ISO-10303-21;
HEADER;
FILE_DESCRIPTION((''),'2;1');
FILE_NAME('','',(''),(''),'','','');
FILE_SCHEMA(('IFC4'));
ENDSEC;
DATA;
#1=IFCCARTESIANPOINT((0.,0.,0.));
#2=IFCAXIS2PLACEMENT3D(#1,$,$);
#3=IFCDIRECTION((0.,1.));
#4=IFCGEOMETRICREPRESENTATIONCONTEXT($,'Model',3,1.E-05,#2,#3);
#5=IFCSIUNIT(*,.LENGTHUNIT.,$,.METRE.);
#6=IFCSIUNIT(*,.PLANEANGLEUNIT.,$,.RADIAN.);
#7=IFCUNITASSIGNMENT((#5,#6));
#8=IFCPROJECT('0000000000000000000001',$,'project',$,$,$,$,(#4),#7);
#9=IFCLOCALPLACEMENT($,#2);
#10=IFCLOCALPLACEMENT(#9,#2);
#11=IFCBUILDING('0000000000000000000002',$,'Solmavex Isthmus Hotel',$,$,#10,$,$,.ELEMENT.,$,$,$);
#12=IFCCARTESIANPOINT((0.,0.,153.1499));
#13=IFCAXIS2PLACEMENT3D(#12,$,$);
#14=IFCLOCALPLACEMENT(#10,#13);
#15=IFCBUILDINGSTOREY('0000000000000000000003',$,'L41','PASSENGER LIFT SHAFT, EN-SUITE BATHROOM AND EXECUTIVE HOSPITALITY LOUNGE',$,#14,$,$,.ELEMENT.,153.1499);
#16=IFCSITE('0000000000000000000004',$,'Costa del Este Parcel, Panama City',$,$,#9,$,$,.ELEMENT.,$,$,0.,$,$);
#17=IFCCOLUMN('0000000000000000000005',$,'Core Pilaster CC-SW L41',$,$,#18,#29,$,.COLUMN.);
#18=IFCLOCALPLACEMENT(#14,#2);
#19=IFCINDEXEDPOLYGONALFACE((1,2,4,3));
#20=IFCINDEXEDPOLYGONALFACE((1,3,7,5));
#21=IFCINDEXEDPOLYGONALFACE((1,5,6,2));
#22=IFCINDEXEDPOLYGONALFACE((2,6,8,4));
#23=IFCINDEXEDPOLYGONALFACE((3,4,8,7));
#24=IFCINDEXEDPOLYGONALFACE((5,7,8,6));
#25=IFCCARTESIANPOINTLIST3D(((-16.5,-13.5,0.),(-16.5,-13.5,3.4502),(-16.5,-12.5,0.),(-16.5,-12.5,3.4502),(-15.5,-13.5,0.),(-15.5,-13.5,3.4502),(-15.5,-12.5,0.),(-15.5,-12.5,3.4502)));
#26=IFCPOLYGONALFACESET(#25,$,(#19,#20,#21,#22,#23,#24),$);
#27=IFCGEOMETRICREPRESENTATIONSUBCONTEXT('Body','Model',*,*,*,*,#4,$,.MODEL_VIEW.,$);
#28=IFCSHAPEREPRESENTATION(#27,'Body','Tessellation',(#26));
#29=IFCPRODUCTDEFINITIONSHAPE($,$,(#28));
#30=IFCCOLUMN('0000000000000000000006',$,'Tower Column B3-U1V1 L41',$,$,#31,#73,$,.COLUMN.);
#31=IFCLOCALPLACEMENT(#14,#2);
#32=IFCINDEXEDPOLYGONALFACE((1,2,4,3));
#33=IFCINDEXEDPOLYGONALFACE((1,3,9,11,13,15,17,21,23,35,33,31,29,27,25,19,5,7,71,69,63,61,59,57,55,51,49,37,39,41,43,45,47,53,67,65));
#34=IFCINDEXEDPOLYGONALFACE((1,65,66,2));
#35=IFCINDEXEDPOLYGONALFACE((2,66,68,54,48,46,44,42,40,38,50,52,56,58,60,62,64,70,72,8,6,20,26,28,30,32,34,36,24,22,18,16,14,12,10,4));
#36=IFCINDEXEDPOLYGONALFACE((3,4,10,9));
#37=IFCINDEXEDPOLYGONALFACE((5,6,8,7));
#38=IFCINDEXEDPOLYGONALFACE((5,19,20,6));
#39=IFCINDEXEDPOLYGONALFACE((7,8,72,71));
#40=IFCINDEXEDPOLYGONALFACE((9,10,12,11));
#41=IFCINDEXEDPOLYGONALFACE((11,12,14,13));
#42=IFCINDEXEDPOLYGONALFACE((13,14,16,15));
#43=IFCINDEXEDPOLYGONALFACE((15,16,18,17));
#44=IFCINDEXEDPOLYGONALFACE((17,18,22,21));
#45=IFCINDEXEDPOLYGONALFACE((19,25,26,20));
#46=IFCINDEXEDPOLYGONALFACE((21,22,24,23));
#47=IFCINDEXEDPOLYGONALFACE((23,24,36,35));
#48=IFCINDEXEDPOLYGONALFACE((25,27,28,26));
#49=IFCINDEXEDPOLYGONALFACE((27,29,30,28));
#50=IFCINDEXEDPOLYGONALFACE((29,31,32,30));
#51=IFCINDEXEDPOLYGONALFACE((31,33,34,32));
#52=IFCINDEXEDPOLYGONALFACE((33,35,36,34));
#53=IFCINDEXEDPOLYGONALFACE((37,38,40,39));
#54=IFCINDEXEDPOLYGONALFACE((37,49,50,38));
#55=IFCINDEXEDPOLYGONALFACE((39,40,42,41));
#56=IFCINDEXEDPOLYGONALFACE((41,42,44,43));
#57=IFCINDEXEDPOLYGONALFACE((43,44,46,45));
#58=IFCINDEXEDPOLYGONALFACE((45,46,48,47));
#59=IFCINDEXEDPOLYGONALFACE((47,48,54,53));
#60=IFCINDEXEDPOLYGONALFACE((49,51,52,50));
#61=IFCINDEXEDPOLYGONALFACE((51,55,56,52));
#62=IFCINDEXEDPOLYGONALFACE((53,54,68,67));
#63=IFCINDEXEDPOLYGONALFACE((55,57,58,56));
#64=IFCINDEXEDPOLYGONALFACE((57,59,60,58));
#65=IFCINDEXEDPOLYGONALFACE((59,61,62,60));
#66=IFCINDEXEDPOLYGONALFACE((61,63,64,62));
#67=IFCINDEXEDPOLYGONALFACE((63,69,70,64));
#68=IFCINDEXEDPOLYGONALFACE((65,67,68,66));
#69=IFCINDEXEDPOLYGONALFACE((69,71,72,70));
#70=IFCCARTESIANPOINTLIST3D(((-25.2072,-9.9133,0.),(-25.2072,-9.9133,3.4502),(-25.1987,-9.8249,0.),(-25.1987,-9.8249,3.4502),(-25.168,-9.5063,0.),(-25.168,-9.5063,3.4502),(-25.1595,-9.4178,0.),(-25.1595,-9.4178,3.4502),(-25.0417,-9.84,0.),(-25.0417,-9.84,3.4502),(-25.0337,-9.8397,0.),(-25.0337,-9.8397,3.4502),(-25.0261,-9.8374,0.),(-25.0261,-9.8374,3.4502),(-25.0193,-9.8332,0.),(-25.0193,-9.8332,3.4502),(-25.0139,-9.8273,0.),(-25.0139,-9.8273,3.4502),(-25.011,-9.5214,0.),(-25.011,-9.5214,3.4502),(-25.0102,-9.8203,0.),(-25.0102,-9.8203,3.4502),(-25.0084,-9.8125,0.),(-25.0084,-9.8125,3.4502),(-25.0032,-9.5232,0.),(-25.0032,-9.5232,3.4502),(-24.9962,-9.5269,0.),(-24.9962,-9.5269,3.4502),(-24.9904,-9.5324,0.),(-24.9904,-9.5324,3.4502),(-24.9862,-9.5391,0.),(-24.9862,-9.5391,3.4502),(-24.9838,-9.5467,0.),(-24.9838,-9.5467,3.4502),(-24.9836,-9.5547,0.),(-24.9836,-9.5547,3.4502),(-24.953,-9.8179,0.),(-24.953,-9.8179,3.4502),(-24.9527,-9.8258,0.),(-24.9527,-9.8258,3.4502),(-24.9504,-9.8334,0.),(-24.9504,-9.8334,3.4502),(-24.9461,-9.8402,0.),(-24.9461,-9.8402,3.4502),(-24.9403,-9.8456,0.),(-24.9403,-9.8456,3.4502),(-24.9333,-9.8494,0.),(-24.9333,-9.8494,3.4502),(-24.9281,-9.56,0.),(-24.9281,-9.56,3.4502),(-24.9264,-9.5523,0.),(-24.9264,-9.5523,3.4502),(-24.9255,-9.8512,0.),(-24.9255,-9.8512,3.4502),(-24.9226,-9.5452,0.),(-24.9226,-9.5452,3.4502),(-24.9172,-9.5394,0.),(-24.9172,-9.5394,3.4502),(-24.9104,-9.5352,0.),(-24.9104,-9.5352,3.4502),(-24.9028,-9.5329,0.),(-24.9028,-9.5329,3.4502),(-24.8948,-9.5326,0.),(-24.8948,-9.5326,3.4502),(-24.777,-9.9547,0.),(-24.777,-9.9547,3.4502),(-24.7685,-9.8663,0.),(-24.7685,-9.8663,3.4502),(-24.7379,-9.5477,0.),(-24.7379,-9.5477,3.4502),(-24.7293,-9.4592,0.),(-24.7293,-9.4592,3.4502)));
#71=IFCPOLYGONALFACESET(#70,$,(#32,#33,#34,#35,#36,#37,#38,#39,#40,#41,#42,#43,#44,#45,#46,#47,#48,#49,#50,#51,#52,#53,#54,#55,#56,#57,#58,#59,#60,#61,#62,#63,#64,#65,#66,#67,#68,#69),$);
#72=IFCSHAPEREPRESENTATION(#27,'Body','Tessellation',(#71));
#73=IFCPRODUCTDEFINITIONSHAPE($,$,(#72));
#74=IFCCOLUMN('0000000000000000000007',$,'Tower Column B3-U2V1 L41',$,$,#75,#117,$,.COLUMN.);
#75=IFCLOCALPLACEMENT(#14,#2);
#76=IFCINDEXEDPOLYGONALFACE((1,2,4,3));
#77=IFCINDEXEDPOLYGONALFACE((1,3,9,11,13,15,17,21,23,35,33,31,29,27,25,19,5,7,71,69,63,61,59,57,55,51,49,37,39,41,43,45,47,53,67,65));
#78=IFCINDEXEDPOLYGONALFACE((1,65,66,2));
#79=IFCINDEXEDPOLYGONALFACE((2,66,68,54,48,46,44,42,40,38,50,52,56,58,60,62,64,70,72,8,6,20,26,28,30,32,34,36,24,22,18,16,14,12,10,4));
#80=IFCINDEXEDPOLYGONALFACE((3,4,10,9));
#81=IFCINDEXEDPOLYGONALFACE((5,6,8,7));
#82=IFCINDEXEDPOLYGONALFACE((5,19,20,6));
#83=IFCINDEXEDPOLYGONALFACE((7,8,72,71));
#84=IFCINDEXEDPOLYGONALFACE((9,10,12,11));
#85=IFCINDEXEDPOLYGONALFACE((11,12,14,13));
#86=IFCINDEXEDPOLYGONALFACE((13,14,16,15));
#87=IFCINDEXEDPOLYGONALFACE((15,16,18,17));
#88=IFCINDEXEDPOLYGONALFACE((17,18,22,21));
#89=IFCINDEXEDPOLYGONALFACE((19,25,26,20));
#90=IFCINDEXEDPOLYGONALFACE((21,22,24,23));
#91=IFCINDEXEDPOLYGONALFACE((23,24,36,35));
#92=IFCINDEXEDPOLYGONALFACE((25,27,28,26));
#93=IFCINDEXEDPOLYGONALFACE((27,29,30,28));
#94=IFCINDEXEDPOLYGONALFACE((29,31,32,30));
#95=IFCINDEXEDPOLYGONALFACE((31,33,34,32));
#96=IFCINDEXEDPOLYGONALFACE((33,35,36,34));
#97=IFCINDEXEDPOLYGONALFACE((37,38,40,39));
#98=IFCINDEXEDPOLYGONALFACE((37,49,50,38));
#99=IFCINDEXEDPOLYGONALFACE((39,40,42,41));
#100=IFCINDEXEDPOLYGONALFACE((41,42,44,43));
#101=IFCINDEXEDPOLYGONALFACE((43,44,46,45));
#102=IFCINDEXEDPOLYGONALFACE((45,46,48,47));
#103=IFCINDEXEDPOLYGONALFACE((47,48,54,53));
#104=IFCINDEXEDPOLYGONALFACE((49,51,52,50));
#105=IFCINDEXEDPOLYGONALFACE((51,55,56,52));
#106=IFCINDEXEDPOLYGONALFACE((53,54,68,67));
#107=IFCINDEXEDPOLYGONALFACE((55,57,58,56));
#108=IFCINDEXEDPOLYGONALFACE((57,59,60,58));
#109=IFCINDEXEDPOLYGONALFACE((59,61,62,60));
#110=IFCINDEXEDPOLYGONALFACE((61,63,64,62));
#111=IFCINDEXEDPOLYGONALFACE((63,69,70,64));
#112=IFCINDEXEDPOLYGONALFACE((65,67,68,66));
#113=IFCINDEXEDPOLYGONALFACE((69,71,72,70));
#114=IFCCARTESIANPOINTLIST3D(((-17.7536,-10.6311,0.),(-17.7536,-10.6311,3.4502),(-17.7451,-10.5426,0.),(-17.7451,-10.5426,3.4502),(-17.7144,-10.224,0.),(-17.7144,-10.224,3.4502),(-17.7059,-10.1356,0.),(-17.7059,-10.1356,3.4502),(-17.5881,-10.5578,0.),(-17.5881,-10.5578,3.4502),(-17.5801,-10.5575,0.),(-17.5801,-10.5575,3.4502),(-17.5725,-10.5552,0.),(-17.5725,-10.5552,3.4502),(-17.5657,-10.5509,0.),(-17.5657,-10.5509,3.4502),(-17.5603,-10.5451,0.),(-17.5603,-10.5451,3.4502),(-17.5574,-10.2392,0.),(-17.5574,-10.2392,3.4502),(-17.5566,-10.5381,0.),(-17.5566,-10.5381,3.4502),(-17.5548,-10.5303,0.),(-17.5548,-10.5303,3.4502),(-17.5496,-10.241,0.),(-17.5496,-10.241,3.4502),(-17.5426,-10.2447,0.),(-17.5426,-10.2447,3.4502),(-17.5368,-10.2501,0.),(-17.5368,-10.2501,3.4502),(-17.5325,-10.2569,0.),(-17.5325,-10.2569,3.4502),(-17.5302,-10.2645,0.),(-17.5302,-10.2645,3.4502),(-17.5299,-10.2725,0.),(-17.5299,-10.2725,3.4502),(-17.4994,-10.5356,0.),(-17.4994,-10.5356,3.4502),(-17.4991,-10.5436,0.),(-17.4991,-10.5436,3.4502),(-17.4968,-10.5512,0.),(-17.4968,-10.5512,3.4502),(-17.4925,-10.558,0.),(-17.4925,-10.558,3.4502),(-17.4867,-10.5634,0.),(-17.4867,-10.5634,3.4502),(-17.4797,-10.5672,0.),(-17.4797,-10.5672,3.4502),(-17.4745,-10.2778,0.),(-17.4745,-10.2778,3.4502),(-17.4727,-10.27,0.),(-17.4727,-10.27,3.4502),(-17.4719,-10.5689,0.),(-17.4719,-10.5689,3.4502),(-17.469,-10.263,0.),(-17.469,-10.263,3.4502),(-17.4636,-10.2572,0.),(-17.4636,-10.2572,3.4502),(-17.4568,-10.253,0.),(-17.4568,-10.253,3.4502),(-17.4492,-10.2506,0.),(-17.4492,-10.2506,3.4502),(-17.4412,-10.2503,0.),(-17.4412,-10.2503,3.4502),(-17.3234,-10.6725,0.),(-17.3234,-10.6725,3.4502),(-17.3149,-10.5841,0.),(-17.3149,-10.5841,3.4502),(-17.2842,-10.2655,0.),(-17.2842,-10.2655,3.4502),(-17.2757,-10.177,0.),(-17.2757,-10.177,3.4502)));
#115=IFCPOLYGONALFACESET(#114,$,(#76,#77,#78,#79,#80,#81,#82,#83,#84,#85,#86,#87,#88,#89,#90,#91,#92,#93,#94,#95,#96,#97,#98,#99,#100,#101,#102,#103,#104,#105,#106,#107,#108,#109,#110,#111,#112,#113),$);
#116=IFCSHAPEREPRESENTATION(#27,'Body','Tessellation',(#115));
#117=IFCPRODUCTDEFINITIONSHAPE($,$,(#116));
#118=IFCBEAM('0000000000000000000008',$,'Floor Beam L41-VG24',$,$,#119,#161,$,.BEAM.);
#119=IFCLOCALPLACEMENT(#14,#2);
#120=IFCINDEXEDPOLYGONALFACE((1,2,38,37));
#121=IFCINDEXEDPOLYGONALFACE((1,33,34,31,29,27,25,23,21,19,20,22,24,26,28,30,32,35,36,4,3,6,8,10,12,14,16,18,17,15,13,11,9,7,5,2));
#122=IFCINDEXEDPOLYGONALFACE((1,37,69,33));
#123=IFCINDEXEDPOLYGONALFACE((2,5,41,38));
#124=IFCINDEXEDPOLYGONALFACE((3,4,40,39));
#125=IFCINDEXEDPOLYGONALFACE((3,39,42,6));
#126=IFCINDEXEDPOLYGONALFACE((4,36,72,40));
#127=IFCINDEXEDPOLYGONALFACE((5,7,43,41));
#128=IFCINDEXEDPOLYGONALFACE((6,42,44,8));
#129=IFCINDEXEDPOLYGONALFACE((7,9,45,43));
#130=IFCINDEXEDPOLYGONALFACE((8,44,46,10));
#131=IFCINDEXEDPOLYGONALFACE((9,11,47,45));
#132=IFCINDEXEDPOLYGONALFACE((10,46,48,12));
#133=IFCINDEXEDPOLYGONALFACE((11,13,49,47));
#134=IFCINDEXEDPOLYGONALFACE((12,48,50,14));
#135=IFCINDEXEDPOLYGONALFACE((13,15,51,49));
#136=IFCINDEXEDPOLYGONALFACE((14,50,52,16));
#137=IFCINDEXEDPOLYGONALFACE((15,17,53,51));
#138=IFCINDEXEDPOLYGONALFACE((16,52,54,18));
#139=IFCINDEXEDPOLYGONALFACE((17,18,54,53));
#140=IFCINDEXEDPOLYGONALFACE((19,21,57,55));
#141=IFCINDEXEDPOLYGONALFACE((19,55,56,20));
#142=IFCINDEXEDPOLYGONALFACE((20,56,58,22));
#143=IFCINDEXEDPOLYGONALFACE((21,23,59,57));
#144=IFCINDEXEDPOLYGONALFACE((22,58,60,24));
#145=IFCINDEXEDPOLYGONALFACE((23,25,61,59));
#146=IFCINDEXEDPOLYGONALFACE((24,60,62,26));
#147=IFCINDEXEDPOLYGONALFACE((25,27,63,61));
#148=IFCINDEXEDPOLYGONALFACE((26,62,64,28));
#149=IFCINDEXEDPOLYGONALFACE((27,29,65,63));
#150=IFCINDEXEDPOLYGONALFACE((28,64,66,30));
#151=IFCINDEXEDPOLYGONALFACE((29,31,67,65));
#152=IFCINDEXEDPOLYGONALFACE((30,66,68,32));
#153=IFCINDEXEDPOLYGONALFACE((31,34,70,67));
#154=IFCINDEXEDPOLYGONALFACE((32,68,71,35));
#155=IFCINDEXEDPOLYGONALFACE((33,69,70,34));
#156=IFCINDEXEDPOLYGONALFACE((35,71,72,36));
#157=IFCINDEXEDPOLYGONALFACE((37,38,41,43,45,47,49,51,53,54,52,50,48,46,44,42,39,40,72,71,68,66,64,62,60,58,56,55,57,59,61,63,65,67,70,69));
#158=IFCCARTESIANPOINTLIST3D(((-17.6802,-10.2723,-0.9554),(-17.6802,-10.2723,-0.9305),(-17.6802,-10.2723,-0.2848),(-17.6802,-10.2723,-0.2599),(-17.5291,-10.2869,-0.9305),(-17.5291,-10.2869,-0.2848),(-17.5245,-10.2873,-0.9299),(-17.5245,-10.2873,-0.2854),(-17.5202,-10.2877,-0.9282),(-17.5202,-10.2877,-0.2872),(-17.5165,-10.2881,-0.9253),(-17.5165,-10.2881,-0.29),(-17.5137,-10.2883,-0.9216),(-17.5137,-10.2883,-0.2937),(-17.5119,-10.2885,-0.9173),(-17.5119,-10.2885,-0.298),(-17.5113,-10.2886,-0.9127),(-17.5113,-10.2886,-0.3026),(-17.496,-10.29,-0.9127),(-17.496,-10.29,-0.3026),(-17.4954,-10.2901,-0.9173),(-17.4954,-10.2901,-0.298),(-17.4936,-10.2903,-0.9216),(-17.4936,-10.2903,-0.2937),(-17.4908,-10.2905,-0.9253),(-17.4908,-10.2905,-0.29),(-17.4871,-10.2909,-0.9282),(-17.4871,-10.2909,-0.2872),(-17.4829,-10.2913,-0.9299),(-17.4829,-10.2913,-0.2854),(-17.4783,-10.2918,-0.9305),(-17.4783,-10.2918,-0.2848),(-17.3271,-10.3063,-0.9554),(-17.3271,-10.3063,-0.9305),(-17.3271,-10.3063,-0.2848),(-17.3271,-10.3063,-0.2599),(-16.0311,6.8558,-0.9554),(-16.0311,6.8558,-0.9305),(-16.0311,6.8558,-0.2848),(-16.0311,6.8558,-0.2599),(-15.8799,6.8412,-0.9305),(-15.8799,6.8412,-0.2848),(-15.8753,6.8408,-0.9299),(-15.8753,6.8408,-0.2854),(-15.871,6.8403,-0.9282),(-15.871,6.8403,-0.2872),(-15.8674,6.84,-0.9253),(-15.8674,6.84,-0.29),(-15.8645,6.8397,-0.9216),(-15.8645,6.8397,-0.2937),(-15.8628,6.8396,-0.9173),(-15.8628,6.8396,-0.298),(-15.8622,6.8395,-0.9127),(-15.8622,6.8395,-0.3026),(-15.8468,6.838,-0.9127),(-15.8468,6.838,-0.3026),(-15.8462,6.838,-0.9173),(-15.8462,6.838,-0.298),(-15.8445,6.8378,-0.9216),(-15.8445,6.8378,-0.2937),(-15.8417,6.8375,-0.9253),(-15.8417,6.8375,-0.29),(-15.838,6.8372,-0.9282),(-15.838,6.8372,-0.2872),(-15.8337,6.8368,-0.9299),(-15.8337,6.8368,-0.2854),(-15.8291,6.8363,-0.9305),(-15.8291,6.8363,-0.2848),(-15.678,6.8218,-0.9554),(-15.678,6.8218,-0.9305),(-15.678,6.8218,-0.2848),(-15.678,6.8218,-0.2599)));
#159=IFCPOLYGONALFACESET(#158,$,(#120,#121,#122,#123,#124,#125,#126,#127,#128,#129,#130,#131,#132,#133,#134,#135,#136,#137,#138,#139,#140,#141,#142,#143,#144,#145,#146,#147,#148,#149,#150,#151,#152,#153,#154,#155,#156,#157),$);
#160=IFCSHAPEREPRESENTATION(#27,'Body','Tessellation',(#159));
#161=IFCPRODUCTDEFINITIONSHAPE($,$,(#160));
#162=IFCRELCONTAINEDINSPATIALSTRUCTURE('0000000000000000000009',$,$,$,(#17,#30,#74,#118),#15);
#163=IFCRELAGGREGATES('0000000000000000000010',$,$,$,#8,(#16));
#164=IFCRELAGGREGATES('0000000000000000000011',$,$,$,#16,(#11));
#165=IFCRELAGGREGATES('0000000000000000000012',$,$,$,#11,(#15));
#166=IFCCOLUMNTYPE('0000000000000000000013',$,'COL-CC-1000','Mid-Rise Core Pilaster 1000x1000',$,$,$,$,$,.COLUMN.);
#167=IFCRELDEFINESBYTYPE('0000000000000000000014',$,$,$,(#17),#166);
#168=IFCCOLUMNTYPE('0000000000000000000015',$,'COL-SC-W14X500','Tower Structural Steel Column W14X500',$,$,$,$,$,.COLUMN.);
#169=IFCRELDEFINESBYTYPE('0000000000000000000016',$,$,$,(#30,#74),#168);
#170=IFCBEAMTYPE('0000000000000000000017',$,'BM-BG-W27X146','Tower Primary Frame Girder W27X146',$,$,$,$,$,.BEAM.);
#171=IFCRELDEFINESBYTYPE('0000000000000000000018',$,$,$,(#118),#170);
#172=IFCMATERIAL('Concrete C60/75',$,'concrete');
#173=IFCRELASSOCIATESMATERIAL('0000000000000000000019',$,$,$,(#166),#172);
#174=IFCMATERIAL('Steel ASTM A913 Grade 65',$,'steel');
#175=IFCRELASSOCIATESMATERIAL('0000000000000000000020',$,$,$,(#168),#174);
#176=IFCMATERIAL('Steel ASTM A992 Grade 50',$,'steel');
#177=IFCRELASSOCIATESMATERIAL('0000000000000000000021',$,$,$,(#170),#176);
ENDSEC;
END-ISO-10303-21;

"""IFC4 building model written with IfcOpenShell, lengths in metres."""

from ifc_helpers import new_model, si_unit, direction, frame, origin, origin_2d, place, context, subcontext, project, spatial, rectangle, i_section, extrude, material, material_profile, profile_set, type_object, element, save


model = new_model("IFC4")

# Units and contexts
model_context = context("Model", 3, precision=1e-05, world=origin(), true_north=direction((0.0, 1.0)))
body_context = subcontext(model_context, "Body", "Model", "MODEL_VIEW")
ifc_project = project(units=[si_unit("LENGTHUNIT", "METRE"), si_unit("PLANEANGLEUNIT", "RADIAN")], contexts=[model_context])

# Site, building, storey
site_placement = place(None, origin())
site = spatial("IfcSite", under=ifc_project, at=site_placement, Name="Costa del Este Parcel, Panama City", CompositionType="ELEMENT", RefElevation=0.0)
building_placement = place(site_placement, origin())
building = spatial("IfcBuilding", under=site, at=building_placement, Name="Solmavex Isthmus Hotel", CompositionType="ELEMENT")
storey_placement = place(building_placement, frame((0.0, 0.0, 153.1499)))
storey = spatial("IfcBuildingStorey", under=building, at=storey_placement, Name="L41", Description="PASSENGER LIFT SHAFT, EN-SUITE BATHROOM AND EXECUTIVE HOSPITALITY LOUNGE", CompositionType="ELEMENT", Elevation=153.1499)

# Columns
ifc_material_1 = material(Name="Concrete C60/75", Category="concrete")
ifc_material_profile_1 = material_profile(ifc_material_1, rectangle(XDim=1.0, YDim=1.0, at=origin_2d()), Name="RC1000X1000")
ifc_profile_set_1 = profile_set([ifc_material_profile_1], Name="Concrete C60/75")
column_type_1 = type_object("IfcColumnType", Name="COL-CC-1000", Description="Mid-Rise Core Pilaster 1000x1000", PredefinedType="COLUMN", material=ifc_profile_set_1)
column_placement = place(storey_placement, frame((-16.0, -13.0, 0.0), z_axis=(0.0, 0.0, 1.0), x_axis=(1.0, 0.0, 0.0)))
element("IfcColumn", 1, at=column_placement, inside=storey, type_object=column_type_1, Name="Core Pilaster CC-SW L41", PredefinedType="COLUMN", context=body_context, shape_type="SweptSolid", body=[
    extrude(rectangle(XDim=1.0, YDim=1.0, at=origin_2d()), origin(), (0.0, 0.0, 1.0), 3.4502),
])
ifc_material_2 = material(Name="Steel ASTM A913 Grade 65", Category="steel")
ifc_material_profile_2 = material_profile(ifc_material_2, i_section(OverallWidth=0.4321, OverallDepth=0.4978, WebThickness=0.0557, FlangeThickness=0.0889, FilletRadius=0.0305, at=origin_2d()), Name="W14X500")
ifc_profile_set_2 = profile_set([ifc_material_profile_2], Name="Steel ASTM A913 Grade 65")
column_type_2 = type_object("IfcColumnType", Name="COL-SC-W14X500", Description="Tower Structural Steel Column W14X500", PredefinedType="COLUMN", material=ifc_profile_set_2)
for number, where, z_axis, x_axis, name in (
    (2, (-24.9683, -9.6863, 0.0), (0.0, 0.0, 1.0), (0.995396, -0.095846, 0.0), "Tower Column B3-U1V1 L41"),
    (3, (-17.5146, -10.4041, 0.0), (0.0, 0.0, 1.0), (0.995396, -0.095846, 0.0), "Tower Column B3-U2V1 L41"),
):
    element("IfcColumn", number, at=place(storey_placement, frame(where, z_axis=z_axis, x_axis=x_axis)), inside=storey, type_object=column_type_2, Name=name, PredefinedType="COLUMN", context=body_context, shape_type="SweptSolid", body=[
        extrude(i_section(OverallWidth=0.4321, OverallDepth=0.4978, WebThickness=0.0557, FlangeThickness=0.0889, FilletRadius=0.0305, at=origin_2d()), origin(), (0.0, 0.0, 1.0), 3.4502),
    ])

# Beam
ifc_material_3 = material(Name="Steel ASTM A992 Grade 50", Category="steel")
ifc_material_profile_3 = material_profile(ifc_material_3, i_section(OverallWidth=0.3547, OverallDepth=0.6956, WebThickness=0.0154, FlangeThickness=0.0249, FilletRadius=0.0178, at=origin_2d()), Name="W27X146")
ifc_profile_set_3 = profile_set([ifc_material_profile_3], Name="Steel ASTM A992 Grade 50")
beam_type_1 = type_object("IfcBeamType", Name="BM-BG-W27X146", Description="Tower Primary Frame Girder W27X146", PredefinedType="BEAM", material=ifc_profile_set_3)
beam_1_placement = place(storey_placement, frame((-17.5037, -10.2893, -0.6077), z_axis=(0.095841, 0.995397, 0.0), x_axis=(-0.995397, 0.095841, 0.0)))
element("IfcBeam", 4, at=beam_1_placement, inside=storey, type_object=beam_type_1, Name="Floor Beam L41-VG24", PredefinedType="BEAM", context=body_context, shape_type="SweptSolid", body=[
    extrude(i_section(OverallWidth=0.3547, OverallDepth=0.6956, WebThickness=0.0154, FlangeThickness=0.0249, FilletRadius=0.0178, at=origin_2d()), origin(), (0.0, 0.0, 1.0), 17.2073),
])

save(model, "model.ifc")
